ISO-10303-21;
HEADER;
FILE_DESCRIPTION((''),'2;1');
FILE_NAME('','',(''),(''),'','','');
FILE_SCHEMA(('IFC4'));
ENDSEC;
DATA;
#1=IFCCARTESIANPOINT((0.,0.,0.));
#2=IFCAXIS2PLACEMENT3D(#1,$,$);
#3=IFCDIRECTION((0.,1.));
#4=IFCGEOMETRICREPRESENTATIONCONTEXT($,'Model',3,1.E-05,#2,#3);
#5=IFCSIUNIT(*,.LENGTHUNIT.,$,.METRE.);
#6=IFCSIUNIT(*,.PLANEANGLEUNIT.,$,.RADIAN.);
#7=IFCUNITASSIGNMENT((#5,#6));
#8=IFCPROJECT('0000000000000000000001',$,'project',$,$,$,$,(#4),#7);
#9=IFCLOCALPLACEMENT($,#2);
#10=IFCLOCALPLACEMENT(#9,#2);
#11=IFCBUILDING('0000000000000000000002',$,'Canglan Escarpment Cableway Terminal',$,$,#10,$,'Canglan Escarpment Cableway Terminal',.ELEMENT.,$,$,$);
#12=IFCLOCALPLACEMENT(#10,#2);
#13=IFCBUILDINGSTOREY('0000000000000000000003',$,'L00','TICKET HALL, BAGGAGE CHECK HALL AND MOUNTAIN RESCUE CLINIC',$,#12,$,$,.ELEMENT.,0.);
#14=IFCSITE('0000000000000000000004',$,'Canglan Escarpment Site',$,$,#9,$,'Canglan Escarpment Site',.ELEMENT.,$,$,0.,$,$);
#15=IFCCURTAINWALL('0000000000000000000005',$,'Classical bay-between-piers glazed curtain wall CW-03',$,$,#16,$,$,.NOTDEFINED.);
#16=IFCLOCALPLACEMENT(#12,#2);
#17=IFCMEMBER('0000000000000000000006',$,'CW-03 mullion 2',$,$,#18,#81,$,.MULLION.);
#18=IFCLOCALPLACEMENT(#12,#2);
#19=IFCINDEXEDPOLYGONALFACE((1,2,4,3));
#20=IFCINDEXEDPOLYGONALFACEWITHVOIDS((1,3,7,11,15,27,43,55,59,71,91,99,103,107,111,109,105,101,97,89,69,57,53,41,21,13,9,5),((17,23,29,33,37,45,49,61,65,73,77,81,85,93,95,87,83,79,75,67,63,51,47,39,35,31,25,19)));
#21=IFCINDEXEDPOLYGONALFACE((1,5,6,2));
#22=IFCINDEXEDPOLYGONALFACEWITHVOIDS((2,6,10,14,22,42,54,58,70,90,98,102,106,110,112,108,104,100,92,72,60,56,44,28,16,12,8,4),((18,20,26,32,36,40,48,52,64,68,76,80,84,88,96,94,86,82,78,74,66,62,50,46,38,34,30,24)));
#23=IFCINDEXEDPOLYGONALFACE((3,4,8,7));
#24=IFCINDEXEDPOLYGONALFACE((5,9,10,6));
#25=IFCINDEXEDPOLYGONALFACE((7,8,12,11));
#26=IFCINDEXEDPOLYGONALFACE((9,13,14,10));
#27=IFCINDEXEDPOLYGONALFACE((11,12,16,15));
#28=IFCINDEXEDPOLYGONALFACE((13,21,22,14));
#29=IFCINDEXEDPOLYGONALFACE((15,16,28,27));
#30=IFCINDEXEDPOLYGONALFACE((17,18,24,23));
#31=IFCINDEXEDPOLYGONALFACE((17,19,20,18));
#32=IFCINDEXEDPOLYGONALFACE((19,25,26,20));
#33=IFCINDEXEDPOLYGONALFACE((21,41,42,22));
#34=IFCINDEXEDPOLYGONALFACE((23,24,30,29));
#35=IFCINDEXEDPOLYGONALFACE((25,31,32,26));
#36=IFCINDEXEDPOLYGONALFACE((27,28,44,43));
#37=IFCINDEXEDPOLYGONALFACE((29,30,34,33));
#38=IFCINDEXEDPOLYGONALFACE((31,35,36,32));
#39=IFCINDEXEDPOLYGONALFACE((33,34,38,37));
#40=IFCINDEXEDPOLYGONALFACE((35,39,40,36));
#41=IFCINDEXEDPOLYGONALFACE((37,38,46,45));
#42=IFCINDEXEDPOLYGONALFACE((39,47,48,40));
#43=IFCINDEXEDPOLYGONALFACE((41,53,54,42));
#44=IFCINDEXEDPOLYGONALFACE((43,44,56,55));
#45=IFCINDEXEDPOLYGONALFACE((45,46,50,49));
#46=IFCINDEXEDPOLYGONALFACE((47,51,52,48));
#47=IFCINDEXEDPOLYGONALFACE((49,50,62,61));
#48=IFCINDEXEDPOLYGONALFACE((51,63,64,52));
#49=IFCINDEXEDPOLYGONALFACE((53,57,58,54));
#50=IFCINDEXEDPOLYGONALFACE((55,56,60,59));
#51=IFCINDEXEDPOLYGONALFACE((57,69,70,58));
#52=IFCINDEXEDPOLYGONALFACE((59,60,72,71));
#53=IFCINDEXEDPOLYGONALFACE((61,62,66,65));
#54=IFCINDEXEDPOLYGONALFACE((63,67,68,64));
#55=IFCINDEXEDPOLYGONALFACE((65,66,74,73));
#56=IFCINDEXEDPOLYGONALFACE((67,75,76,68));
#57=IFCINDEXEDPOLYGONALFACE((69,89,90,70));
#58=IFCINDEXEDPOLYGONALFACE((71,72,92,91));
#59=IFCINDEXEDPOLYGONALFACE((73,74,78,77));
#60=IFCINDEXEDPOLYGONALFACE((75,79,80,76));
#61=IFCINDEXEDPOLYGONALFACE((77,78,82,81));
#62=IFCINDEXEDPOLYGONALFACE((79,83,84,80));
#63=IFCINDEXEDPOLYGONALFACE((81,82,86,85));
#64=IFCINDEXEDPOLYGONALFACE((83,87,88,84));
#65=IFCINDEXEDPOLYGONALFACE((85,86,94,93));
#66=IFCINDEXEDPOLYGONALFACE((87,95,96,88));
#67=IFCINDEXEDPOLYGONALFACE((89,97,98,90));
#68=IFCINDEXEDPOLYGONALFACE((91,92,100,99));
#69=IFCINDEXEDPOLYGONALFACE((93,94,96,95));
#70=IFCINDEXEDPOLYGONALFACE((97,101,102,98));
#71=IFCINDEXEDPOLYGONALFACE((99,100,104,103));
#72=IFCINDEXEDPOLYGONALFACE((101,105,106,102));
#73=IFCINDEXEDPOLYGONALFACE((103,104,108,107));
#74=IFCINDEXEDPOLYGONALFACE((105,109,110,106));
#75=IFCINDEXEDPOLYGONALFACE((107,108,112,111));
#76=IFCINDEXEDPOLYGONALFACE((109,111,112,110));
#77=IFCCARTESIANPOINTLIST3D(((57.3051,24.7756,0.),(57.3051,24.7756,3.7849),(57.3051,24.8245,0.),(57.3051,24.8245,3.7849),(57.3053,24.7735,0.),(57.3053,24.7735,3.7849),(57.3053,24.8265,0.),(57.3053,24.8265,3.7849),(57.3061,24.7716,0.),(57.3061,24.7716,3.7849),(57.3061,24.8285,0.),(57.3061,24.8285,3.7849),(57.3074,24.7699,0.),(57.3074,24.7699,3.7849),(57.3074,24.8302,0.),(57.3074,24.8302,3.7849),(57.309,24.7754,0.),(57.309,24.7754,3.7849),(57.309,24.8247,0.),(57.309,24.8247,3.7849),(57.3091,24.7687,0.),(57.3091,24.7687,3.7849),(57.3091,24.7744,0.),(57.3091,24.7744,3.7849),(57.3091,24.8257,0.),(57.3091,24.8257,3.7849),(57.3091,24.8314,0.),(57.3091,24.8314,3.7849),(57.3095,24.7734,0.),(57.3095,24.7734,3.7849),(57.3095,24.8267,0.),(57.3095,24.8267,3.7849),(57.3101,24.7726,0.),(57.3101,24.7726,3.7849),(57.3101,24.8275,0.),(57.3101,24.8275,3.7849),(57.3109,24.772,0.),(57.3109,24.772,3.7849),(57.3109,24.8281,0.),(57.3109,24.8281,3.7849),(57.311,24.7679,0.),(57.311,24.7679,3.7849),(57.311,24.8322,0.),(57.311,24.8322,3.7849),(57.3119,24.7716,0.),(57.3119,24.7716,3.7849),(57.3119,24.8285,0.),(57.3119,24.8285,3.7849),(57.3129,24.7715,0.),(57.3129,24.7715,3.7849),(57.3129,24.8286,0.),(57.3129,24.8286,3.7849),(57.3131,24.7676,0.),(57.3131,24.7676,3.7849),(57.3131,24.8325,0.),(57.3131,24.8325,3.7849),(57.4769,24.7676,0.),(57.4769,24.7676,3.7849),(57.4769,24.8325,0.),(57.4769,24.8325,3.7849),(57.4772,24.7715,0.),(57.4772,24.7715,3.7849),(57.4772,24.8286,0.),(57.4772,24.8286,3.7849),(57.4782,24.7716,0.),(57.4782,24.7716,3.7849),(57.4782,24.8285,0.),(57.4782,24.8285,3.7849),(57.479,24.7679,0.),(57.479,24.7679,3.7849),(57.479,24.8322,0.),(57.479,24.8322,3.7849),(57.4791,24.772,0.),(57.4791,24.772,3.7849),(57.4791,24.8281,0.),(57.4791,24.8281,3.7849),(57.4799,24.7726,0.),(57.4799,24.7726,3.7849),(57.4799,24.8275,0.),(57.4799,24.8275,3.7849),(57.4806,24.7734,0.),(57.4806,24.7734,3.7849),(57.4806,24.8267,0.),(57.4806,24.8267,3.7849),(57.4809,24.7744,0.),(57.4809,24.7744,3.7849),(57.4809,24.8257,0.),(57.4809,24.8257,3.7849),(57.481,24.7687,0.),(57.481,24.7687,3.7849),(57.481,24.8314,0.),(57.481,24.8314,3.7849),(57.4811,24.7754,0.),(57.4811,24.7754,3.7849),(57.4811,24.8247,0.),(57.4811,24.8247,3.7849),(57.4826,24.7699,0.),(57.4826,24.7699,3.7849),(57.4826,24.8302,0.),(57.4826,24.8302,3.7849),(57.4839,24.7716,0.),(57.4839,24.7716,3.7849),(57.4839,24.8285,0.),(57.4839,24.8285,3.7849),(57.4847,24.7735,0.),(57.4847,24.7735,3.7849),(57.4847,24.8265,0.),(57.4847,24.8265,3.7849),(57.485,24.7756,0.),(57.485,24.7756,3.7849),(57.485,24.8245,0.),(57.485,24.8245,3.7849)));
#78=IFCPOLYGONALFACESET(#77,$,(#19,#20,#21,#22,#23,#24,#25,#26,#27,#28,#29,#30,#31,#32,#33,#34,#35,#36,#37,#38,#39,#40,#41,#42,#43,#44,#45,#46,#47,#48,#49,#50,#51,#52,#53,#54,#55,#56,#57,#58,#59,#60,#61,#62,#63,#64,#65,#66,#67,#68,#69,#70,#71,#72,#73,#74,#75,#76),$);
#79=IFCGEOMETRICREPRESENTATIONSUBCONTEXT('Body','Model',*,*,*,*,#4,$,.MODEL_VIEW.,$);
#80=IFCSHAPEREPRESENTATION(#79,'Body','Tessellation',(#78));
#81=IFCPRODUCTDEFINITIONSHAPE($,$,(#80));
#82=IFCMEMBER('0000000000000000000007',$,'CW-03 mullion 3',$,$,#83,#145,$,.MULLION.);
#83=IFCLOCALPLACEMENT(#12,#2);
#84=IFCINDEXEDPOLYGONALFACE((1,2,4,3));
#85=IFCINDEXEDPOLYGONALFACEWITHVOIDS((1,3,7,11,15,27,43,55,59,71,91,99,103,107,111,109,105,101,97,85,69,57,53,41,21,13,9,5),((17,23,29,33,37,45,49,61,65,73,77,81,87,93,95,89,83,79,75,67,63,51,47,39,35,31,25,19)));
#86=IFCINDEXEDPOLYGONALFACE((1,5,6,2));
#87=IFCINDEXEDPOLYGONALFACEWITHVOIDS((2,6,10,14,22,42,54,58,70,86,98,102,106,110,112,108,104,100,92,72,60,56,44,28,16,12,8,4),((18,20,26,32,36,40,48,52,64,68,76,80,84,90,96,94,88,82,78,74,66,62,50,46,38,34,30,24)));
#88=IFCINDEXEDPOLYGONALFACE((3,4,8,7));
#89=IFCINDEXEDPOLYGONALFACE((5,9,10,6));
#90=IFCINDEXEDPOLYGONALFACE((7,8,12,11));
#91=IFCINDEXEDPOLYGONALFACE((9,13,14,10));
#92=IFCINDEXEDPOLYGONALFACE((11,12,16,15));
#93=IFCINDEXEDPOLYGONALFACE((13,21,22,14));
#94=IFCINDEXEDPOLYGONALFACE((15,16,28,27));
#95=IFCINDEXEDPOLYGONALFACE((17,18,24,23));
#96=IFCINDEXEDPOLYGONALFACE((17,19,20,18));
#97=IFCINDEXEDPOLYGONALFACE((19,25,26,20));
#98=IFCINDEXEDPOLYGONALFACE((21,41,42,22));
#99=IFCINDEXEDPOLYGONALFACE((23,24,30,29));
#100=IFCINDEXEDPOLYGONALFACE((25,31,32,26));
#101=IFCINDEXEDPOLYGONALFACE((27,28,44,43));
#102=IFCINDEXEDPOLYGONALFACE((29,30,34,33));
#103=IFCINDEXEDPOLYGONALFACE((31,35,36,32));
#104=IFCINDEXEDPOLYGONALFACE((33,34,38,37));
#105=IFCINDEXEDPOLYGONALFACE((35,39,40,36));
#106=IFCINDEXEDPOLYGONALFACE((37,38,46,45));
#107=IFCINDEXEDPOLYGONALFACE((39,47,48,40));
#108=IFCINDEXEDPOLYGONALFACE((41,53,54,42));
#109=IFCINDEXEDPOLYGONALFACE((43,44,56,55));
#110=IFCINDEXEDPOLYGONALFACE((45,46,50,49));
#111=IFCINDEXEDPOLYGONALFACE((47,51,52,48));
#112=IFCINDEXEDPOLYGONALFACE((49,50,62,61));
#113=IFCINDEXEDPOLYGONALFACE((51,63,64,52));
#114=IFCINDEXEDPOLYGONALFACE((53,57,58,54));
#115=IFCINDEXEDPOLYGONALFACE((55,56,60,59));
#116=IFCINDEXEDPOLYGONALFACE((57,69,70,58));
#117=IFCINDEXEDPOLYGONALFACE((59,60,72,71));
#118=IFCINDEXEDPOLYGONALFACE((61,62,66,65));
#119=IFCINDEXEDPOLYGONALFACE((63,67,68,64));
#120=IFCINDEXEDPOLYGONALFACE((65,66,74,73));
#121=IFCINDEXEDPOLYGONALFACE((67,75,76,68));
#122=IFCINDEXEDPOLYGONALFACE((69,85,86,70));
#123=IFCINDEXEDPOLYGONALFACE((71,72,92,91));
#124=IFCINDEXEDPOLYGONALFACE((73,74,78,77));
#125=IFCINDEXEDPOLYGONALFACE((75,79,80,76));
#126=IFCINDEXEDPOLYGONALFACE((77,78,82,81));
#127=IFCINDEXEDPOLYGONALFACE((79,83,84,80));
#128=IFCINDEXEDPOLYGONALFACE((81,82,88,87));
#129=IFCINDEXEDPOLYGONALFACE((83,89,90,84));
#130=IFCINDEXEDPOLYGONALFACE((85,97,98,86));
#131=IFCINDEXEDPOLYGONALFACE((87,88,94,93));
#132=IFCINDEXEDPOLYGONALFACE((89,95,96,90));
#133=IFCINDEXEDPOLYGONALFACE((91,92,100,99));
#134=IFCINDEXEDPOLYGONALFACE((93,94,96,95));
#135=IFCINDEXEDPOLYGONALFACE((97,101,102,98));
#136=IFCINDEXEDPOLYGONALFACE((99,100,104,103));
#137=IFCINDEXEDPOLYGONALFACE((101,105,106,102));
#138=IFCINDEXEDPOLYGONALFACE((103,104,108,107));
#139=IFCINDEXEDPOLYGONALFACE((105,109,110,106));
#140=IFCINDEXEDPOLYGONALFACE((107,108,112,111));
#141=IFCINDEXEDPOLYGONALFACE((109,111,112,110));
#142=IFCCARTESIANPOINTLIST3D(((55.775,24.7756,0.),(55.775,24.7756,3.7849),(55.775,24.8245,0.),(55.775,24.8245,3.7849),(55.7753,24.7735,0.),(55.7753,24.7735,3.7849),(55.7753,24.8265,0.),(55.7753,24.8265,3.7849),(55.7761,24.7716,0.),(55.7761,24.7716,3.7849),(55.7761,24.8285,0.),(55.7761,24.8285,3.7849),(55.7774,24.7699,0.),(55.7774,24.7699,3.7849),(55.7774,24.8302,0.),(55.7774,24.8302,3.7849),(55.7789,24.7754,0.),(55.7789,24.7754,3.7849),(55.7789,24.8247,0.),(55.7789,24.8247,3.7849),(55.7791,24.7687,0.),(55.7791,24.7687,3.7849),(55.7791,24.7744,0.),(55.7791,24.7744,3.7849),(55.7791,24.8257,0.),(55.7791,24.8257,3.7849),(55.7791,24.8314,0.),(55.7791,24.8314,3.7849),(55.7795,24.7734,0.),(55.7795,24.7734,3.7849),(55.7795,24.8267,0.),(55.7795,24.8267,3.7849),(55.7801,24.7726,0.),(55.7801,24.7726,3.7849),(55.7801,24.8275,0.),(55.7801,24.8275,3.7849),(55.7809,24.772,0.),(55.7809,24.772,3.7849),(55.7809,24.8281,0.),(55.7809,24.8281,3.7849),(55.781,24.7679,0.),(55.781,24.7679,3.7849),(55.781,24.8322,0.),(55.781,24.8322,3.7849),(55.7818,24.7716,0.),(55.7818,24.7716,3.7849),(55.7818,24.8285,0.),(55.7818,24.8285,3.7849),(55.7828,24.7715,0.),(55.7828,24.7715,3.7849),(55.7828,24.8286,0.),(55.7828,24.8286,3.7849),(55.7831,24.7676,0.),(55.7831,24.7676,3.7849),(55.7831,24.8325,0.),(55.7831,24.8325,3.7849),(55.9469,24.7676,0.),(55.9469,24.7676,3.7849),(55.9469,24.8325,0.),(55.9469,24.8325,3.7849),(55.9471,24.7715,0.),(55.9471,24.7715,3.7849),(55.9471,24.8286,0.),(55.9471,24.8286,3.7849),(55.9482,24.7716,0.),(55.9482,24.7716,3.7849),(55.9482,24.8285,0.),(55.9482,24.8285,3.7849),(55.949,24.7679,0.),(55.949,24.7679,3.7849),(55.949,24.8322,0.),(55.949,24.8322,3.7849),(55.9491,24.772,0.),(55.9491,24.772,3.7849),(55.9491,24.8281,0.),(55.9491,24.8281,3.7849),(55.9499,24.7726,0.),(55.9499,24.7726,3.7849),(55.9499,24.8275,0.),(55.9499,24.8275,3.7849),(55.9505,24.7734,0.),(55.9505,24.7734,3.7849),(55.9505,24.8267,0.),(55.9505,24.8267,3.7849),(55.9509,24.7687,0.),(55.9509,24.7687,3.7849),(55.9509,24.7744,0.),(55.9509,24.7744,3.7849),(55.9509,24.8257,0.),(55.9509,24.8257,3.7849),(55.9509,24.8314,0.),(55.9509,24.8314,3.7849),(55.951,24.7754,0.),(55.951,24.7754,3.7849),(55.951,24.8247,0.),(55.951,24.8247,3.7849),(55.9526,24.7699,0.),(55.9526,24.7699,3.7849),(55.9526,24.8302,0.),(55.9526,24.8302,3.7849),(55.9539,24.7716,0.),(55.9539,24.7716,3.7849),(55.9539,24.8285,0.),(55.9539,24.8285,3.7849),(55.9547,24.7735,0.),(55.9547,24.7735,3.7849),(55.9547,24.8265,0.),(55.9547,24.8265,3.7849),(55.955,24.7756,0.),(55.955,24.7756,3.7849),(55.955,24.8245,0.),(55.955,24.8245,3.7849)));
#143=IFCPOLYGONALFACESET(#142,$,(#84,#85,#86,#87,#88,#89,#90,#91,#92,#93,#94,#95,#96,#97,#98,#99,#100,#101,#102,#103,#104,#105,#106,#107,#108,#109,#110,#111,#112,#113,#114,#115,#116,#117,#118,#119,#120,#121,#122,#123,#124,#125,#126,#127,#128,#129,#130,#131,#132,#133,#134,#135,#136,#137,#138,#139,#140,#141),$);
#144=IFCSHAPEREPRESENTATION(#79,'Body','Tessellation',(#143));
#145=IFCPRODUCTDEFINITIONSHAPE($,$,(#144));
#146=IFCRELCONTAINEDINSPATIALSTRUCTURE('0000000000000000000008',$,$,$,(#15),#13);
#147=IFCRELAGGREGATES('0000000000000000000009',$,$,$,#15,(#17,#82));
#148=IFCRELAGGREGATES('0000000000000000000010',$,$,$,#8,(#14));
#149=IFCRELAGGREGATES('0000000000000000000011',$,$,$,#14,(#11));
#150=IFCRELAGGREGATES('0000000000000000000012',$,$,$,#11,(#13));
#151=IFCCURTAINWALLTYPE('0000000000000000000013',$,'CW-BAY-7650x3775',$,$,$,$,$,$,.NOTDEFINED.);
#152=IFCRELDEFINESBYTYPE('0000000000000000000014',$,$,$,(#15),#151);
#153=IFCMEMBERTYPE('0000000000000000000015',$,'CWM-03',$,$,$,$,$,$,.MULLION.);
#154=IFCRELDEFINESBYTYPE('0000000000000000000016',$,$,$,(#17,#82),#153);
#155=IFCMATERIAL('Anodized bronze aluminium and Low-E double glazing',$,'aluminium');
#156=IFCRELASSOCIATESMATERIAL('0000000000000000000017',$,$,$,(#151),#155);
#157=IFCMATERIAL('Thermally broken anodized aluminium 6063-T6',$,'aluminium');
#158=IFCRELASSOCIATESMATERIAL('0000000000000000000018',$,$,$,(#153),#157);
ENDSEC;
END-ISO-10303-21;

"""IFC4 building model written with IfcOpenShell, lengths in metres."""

from ifc_helpers import new_model, si_unit, direction, frame, origin, origin_2d, place, context, subcontext, project, spatial, hollow_rectangle, extrude, material, material_profile, profile_set, type_object, element, aggregate, save


model = new_model("IFC4")

# Units and contexts
model_context = context("Model", 3, precision=1e-05, world=origin(), true_north=direction((0.0, 1.0)))
body_context = subcontext(model_context, "Body", "Model", "MODEL_VIEW")
ifc_project = project(units=[si_unit("LENGTHUNIT", "METRE"), si_unit("PLANEANGLEUNIT", "RADIAN")], contexts=[model_context])

# Site, building, storey
site_placement = place(None, origin())
site = spatial("IfcSite", under=ifc_project, at=site_placement, Name="Canglan Escarpment Site", LongName="Canglan Escarpment Site", CompositionType="ELEMENT", RefElevation=0.0)
building_placement = place(site_placement, origin())
building = spatial("IfcBuilding", under=site, at=building_placement, Name="Canglan Escarpment Cableway Terminal", LongName="Canglan Escarpment Cableway Terminal", CompositionType="ELEMENT")
storey_placement = place(building_placement, origin())
storey = spatial("IfcBuildingStorey", under=building, at=storey_placement, Name="L00", Description="TICKET HALL, BAGGAGE CHECK HALL AND MOUNTAIN RESCUE CLINIC", CompositionType="ELEMENT", Elevation=0.0)

# Curtain wall, members
ifc_material_1 = material(Name="Anodized bronze aluminium and Low-E double glazing", Category="aluminium")
curtain_wall_type = type_object("IfcCurtainWallType", Name="CW-BAY-7650x3775", PredefinedType="NOTDEFINED", material=ifc_material_1)
curtain_wall_placement = place(storey_placement, origin())
curtain_wall = element("IfcCurtainWall", 1, at=curtain_wall_placement, inside=storey, type_object=curtain_wall_type, Name="Classical bay-between-piers glazed curtain wall CW-03", PredefinedType="NOTDEFINED")
ifc_material_2 = material(Name="Thermally broken anodized aluminium 6063-T6", Category="aluminium")
ifc_material_profile_1 = material_profile(ifc_material_2, hollow_rectangle(XDim=0.0649, YDim=0.1799, WallThickness=0.0039, InnerFilletRadius=0.0039, OuterFilletRadius=0.0081, at=origin_2d()), Name="ALU-MULL 65x180x4")
ifc_profile_set_1 = profile_set([ifc_material_profile_1], Name="Thermally broken anodized aluminium 6063-T6")
member_type_1 = type_object("IfcMemberType", Name="CWM-03", PredefinedType="MULLION", material=ifc_profile_set_1)
member_1_placement = place(storey_placement, frame((57.395, 24.8, 0.0), z_axis=(0.0, 0.0, 1.0), x_axis=(0.0, -1.0, 0.0)))
member_1 = element("IfcMember", 2, at=member_1_placement, type_object=member_type_1, Name="CW-03 mullion 2", PredefinedType="MULLION", context=body_context, shape_type="SweptSolid", body=[
    extrude(hollow_rectangle(XDim=0.0649, YDim=0.1799, WallThickness=0.0039, InnerFilletRadius=0.0039, OuterFilletRadius=0.0081, at=origin_2d()), origin(), (0.0, 0.0, 1.0), 3.7849),
])
member_2_placement = place(storey_placement, frame((55.865, 24.8, 0.0), z_axis=(0.0, 0.0, 1.0), x_axis=(0.0, -1.0, 0.0)))
member_2 = element("IfcMember", 3, at=member_2_placement, type_object=member_type_1, Name="CW-03 mullion 3", PredefinedType="MULLION", context=body_context, shape_type="SweptSolid", body=[
    extrude(hollow_rectangle(XDim=0.0649, YDim=0.1799, WallThickness=0.0039, InnerFilletRadius=0.0039, OuterFilletRadius=0.0081, at=origin_2d()), origin(), (0.0, 0.0, 1.0), 3.7849),
])

aggregate(curtain_wall, [member_1, member_2])

save(model, "model.ifc")
